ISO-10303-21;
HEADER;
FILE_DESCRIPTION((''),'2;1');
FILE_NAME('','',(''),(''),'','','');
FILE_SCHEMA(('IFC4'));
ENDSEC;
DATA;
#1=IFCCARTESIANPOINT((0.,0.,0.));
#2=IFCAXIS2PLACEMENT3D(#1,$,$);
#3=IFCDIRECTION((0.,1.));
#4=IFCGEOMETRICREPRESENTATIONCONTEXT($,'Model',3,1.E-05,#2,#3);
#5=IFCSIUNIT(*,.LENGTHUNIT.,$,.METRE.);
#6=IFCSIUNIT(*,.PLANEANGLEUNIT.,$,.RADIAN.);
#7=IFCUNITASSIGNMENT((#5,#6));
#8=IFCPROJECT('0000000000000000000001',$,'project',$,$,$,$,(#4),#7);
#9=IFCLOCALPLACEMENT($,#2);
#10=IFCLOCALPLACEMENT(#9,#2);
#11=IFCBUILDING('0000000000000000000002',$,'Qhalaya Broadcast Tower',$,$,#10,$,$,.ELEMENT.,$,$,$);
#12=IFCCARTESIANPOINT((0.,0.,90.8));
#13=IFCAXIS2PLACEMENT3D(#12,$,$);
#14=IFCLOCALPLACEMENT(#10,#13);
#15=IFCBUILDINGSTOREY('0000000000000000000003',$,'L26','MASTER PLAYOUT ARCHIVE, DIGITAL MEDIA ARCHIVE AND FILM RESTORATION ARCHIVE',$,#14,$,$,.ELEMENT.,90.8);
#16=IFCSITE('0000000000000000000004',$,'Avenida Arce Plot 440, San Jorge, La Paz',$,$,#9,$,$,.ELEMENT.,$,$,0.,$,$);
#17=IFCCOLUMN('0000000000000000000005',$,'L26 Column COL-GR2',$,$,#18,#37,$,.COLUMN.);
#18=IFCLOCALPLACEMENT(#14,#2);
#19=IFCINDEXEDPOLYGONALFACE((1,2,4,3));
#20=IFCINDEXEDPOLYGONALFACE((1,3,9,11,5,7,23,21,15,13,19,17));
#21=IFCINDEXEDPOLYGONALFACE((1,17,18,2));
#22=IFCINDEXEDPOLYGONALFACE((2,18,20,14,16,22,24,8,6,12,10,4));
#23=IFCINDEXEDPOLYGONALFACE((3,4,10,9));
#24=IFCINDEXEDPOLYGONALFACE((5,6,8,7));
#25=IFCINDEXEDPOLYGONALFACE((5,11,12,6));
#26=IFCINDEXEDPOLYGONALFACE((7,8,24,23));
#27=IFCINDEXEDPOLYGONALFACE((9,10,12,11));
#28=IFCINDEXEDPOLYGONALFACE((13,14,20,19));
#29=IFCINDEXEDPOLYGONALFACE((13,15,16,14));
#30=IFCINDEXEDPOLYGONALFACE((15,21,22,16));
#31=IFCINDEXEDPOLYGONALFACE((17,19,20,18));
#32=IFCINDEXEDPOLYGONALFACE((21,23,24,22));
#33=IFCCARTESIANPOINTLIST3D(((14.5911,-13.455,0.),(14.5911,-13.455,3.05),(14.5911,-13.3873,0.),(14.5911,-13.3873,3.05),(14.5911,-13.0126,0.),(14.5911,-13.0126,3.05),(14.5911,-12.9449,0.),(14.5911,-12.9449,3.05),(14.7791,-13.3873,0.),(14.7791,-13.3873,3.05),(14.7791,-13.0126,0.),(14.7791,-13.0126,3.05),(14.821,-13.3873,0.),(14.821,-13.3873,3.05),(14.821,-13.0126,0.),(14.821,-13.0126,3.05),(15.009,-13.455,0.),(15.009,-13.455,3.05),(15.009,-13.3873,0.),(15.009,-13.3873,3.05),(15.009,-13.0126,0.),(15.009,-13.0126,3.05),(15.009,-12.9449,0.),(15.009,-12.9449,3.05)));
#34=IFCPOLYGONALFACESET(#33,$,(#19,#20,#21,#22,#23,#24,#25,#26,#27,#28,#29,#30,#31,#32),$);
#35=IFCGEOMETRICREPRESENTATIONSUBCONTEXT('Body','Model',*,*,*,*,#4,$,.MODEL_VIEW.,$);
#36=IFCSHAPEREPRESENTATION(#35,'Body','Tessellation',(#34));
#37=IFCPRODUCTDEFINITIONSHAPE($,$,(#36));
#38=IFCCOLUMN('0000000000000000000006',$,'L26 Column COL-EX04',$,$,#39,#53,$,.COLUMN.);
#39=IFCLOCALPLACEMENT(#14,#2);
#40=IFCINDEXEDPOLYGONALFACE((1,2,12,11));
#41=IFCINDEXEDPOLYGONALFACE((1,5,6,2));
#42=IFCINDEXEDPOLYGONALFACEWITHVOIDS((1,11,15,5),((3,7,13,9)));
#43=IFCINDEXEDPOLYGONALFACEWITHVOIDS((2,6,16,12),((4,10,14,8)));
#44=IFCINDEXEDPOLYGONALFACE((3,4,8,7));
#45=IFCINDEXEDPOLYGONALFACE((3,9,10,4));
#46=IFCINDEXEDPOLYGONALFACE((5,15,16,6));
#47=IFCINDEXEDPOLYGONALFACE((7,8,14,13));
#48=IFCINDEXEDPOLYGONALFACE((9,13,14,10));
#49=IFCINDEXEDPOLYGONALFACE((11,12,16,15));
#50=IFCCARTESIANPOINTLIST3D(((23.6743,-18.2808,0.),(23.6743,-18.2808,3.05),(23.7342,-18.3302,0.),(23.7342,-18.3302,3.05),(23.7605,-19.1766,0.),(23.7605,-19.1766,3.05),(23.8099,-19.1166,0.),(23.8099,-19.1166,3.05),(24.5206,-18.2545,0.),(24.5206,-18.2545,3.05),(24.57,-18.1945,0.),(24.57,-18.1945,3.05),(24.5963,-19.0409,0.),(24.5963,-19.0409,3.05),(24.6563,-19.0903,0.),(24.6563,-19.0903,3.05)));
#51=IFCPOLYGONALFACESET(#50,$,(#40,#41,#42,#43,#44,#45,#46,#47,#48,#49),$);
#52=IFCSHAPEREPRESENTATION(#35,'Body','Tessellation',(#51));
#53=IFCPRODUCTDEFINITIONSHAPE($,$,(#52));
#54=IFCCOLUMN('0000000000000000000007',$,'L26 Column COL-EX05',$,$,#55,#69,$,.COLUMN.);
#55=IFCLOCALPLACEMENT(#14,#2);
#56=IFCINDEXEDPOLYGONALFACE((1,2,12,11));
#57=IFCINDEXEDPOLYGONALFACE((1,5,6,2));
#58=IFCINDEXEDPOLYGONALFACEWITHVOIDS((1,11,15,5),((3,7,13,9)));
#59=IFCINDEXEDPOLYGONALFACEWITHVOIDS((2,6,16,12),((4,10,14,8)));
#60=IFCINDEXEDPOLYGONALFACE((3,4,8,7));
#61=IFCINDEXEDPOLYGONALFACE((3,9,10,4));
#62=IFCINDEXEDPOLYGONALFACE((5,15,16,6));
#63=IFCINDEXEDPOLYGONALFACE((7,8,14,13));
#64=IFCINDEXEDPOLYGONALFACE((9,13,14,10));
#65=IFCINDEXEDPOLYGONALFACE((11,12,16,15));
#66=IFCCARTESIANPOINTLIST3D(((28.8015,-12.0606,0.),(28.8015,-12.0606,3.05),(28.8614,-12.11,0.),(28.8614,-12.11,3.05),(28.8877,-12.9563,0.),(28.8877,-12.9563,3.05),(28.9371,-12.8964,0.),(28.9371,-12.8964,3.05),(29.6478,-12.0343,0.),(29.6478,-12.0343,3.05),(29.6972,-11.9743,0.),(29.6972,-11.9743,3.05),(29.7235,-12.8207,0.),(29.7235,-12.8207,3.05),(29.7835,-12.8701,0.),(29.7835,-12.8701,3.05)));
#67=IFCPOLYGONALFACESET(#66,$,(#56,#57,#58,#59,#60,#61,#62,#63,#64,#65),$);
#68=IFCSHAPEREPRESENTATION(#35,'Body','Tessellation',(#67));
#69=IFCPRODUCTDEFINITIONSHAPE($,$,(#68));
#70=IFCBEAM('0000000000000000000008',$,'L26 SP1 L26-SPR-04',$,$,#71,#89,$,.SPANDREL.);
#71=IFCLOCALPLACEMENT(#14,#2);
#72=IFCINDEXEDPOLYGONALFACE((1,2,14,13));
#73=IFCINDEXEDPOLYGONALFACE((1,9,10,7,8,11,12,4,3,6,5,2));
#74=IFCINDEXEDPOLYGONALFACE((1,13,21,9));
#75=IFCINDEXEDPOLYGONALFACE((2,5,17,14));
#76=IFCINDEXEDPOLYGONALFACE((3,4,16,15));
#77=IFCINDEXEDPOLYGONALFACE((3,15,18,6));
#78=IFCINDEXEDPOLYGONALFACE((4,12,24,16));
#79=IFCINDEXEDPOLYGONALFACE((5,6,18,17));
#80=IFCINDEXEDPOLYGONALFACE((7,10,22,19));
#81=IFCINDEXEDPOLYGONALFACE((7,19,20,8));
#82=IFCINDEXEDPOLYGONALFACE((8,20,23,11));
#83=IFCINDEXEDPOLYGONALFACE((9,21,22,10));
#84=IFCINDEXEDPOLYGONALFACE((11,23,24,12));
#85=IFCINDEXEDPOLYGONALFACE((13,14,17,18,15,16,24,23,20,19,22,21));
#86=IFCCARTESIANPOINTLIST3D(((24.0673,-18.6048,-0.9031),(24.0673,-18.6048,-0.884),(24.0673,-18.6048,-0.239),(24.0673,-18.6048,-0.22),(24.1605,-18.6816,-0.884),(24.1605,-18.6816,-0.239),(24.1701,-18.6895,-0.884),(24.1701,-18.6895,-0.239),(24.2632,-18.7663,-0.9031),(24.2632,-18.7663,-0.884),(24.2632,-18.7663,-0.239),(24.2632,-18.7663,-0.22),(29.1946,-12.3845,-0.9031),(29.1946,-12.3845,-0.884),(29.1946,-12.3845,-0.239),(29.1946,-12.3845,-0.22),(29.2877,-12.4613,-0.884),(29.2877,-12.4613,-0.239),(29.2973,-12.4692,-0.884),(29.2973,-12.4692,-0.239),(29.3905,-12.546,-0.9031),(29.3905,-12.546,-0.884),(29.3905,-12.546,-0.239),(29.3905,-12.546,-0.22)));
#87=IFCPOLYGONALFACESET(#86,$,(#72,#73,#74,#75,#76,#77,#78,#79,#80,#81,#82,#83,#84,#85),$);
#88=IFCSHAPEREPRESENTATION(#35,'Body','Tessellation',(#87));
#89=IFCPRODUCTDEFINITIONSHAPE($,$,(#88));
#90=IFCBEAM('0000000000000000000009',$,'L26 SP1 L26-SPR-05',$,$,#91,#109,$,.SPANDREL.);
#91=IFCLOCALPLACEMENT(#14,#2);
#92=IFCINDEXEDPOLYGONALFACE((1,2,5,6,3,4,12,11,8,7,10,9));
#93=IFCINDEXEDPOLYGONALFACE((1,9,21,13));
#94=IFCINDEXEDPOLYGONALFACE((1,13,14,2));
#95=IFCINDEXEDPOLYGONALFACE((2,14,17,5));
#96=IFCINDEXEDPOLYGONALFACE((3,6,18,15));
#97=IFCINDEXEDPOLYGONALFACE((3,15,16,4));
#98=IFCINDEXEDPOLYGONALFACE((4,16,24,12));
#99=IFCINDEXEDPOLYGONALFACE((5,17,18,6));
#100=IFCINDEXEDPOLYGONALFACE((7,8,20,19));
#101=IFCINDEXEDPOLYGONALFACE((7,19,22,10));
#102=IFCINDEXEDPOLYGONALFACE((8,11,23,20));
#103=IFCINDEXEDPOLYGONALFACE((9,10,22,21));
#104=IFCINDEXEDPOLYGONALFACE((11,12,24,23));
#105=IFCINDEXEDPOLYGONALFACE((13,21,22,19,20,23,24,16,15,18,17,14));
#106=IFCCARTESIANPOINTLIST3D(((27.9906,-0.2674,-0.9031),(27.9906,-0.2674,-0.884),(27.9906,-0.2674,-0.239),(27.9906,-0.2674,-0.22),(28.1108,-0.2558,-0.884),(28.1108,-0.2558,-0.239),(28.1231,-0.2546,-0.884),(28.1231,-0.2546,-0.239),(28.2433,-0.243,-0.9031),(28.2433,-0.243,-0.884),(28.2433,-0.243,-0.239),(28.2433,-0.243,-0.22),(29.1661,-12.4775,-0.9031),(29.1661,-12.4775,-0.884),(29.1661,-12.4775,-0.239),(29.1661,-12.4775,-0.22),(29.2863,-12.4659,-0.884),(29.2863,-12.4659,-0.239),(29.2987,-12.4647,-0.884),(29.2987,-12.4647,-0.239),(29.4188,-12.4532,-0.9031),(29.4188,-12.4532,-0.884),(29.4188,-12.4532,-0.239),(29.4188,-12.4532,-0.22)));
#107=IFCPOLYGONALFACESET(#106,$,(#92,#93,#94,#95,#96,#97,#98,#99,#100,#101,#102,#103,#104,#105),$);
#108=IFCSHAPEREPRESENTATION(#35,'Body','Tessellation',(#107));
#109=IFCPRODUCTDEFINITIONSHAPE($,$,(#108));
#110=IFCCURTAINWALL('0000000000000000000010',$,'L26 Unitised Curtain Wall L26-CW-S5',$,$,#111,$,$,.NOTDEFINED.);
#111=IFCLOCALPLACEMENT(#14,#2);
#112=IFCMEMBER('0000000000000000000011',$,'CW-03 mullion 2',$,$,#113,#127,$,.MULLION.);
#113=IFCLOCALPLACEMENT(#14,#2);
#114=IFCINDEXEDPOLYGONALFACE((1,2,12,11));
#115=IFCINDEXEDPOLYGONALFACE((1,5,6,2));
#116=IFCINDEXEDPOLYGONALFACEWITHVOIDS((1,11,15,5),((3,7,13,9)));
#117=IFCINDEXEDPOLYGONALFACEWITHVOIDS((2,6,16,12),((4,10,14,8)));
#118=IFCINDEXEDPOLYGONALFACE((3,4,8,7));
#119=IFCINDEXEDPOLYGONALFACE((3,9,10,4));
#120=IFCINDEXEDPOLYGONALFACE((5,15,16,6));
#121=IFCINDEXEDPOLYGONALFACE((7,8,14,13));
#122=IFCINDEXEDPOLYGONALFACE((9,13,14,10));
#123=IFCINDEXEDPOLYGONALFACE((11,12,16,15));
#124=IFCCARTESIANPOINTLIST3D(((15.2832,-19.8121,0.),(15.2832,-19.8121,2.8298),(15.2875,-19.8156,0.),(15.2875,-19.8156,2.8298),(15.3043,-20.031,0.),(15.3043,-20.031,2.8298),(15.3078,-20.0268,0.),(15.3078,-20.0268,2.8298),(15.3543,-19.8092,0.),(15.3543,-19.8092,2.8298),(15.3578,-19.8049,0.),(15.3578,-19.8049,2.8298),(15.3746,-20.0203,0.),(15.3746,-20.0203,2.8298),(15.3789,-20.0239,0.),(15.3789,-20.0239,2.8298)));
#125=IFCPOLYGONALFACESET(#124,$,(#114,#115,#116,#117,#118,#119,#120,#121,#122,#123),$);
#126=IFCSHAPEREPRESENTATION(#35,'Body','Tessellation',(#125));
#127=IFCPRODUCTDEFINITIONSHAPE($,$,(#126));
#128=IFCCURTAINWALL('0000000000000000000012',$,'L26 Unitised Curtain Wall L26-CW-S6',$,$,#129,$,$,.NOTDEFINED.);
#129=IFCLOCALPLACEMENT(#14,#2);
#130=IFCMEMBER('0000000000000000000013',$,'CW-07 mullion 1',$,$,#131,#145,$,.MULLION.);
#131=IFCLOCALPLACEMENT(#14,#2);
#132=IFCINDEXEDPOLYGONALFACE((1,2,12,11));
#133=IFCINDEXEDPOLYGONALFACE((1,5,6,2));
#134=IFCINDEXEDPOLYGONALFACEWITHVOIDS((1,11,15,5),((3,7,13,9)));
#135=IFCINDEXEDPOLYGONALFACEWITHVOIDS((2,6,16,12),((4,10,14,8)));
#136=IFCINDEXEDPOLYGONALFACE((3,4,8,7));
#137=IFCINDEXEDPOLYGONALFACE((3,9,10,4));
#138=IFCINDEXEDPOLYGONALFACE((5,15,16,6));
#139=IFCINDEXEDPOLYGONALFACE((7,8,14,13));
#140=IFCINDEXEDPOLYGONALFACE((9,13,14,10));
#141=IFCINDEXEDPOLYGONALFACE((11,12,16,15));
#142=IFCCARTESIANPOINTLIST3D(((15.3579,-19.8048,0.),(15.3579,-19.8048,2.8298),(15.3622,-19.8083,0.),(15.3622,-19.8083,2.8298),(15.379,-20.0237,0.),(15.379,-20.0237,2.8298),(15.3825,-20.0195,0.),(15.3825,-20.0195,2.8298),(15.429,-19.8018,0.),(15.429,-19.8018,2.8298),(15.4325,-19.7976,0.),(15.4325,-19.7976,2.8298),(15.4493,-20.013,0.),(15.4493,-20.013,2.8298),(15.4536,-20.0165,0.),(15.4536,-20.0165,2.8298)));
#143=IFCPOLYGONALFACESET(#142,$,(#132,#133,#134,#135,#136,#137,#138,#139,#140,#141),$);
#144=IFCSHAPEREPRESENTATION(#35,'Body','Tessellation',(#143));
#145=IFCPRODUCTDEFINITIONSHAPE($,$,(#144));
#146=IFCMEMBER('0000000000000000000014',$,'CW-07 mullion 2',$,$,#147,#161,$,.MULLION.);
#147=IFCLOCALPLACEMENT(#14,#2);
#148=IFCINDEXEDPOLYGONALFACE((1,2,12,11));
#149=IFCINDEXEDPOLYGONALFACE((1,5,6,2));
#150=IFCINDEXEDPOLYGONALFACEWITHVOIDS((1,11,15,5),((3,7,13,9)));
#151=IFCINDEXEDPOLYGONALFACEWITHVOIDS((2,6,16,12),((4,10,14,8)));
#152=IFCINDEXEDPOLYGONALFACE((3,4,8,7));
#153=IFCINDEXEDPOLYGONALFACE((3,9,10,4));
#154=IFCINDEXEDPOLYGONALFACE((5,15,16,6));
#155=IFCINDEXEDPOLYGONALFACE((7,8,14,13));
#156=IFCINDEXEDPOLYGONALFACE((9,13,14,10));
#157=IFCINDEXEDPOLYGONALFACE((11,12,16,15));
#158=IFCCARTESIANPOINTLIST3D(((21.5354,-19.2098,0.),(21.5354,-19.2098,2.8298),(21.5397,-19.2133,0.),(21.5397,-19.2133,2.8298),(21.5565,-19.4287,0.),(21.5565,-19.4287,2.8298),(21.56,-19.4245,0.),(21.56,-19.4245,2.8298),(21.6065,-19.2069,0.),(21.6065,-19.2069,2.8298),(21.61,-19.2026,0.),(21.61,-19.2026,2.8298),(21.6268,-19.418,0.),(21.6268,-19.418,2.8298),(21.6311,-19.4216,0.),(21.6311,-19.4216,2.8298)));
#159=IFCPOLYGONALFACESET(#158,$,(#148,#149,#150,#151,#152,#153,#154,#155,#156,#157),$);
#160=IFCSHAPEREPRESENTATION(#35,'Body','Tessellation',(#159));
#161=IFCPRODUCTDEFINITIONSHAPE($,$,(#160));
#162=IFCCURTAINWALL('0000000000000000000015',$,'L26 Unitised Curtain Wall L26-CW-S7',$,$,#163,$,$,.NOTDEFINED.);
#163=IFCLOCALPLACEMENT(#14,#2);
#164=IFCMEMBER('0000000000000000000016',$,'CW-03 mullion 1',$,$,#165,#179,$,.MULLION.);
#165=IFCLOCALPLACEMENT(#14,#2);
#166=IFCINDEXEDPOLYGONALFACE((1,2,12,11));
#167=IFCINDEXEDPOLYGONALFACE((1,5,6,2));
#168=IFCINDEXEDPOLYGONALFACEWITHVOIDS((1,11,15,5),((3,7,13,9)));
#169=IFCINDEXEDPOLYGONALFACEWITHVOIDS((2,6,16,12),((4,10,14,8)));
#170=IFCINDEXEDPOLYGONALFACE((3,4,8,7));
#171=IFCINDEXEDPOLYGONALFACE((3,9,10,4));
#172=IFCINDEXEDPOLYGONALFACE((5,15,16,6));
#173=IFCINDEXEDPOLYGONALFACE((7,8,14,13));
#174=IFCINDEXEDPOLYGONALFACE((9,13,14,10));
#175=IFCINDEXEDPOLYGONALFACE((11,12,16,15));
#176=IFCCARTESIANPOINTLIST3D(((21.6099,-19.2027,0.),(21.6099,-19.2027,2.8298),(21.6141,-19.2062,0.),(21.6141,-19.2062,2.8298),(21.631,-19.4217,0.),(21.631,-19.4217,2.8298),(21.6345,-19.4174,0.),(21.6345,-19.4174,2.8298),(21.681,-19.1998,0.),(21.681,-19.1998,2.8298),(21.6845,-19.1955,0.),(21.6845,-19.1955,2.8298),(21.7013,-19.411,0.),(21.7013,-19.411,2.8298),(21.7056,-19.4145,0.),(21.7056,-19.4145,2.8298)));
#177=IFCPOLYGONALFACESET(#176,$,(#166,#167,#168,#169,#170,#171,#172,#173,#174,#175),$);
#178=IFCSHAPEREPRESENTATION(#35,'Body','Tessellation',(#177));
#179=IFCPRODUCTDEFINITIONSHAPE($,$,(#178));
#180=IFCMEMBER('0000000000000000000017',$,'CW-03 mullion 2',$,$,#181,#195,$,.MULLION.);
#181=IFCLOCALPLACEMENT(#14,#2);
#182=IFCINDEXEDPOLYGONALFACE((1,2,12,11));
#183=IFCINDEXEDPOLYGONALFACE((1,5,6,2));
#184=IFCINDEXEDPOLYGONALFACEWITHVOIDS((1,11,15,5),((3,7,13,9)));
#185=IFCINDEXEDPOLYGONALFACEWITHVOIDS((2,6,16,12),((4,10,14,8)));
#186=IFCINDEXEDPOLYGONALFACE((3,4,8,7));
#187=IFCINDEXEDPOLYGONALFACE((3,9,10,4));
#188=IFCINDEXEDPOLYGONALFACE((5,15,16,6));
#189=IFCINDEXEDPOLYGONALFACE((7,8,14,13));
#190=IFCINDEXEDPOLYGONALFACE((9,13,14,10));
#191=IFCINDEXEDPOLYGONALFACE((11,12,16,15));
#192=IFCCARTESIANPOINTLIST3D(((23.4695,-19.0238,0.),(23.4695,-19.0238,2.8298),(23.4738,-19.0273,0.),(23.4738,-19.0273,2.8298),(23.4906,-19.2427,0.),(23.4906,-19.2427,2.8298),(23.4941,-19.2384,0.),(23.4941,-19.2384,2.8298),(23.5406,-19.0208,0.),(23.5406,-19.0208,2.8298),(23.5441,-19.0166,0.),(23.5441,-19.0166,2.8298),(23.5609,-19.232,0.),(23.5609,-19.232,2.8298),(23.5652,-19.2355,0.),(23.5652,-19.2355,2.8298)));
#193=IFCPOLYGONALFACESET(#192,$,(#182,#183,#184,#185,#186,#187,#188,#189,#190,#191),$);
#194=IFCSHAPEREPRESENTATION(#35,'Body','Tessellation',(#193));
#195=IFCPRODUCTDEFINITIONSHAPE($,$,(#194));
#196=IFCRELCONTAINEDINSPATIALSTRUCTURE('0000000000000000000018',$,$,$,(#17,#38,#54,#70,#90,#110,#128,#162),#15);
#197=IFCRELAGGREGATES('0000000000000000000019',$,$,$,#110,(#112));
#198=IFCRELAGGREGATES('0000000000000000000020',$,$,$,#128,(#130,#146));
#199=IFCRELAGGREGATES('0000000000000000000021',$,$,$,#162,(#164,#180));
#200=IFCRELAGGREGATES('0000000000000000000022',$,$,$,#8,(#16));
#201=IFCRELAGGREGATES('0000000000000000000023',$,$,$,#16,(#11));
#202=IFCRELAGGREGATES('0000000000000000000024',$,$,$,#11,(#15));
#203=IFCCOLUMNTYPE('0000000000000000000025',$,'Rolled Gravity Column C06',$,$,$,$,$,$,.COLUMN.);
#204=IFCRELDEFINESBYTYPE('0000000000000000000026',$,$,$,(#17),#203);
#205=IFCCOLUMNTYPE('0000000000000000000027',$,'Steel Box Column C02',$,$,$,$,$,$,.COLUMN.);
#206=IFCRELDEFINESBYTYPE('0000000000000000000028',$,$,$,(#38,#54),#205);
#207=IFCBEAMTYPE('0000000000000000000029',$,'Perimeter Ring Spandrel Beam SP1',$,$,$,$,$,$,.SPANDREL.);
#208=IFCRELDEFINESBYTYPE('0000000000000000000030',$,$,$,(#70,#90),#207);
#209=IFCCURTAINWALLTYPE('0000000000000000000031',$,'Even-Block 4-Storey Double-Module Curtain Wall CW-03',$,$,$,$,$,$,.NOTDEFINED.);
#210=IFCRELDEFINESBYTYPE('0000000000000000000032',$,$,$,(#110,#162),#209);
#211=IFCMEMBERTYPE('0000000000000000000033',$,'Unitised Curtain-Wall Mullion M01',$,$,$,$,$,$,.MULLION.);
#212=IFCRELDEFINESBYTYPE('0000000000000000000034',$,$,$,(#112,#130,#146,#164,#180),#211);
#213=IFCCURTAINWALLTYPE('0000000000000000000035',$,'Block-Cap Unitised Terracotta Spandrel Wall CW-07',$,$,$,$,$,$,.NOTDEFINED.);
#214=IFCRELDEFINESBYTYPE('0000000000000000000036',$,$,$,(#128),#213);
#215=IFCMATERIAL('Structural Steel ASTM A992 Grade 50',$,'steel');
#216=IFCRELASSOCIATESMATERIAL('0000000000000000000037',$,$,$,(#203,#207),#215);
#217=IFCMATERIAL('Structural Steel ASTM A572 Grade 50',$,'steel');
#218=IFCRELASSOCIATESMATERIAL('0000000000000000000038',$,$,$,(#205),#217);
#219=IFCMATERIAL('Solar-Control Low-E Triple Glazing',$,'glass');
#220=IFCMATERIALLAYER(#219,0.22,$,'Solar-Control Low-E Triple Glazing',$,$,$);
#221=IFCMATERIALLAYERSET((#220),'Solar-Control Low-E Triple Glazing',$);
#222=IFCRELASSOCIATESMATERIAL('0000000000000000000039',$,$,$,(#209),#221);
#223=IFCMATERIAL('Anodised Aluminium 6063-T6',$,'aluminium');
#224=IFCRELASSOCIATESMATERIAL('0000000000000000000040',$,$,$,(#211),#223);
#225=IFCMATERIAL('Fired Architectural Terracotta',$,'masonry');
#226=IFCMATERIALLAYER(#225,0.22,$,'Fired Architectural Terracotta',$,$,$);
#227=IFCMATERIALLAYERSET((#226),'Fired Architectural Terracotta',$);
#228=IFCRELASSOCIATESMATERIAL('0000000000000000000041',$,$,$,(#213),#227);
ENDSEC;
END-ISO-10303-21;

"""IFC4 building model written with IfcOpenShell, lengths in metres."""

from ifc_helpers import new_model, si_unit, direction, frame, origin, origin_2d, place, context, subcontext, project, spatial, hollow_rectangle, i_section, extrude, material, layer, layer_set, material_profile, profile_set, type_object, element, aggregate, save


model = new_model("IFC4")

# Units and contexts
model_context = context("Model", 3, precision=1e-05, world=origin(), true_north=direction((0.0, 1.0)))
body_context = subcontext(model_context, "Body", "Model", "MODEL_VIEW")
ifc_project = project(units=[si_unit("LENGTHUNIT", "METRE"), si_unit("PLANEANGLEUNIT", "RADIAN")], contexts=[model_context])

# Site, building, storey
site_placement = place(None, origin())
site = spatial("IfcSite", under=ifc_project, at=site_placement, Name="Avenida Arce Plot 440, San Jorge, La Paz", CompositionType="ELEMENT", RefElevation=0.0)
building_placement = place(site_placement, origin())
building = spatial("IfcBuilding", under=site, at=building_placement, Name="Qhalaya Broadcast Tower", CompositionType="ELEMENT")
storey_placement = place(building_placement, frame((0.0, 0.0, 90.8)))
storey = spatial("IfcBuildingStorey", under=building, at=storey_placement, Name="L26", Description="MASTER PLAYOUT ARCHIVE, DIGITAL MEDIA ARCHIVE AND FILM RESTORATION ARCHIVE", CompositionType="ELEMENT", Elevation=90.8)

# Columns
ifc_material_1 = material(Name="Structural Steel ASTM A992 Grade 50", Category="steel")
ifc_material_profile_1 = material_profile(ifc_material_1, i_section(OverallWidth=0.418, OverallDepth=0.51, WebThickness=0.042, FlangeThickness=0.0676, at=origin_2d()), Name="W14X370")
ifc_profile_set_1 = profile_set([ifc_material_profile_1], Name="Structural Steel ASTM A992 Grade 50")
column_type_1 = type_object("IfcColumnType", Name="Rolled Gravity Column C06", PredefinedType="COLUMN", material=ifc_profile_set_1)
column_placement = place(storey_placement, frame((14.8, -13.2, 0.0), z_axis=(0.0, 0.0, 1.0), x_axis=(1.0, 0.0, 0.0)))
element("IfcColumn", 1, at=column_placement, inside=storey, type_object=column_type_1, Name="L26 Column COL-GR2", PredefinedType="COLUMN", context=body_context, shape_type="SweptSolid", body=[
    extrude(i_section(OverallWidth=0.418, OverallDepth=0.51, WebThickness=0.042, FlangeThickness=0.0676, at=origin_2d()), origin(), (0.0, 0.0, 1.0), 3.05),
])
ifc_material_2 = material(Name="Structural Steel ASTM A572 Grade 50", Category="steel")
ifc_material_profile_2 = material_profile(ifc_material_2, hollow_rectangle(XDim=0.8999, YDim=0.8999, WallThickness=0.0549, at=origin_2d()), Name="BOX 900x900x55")
ifc_profile_set_2 = profile_set([ifc_material_profile_2], Name="Structural Steel ASTM A572 Grade 50")
column_type_2 = type_object("IfcColumnType", Name="Steel Box Column C02", PredefinedType="COLUMN", material=ifc_profile_set_2)
for number, where, z_axis, x_axis, name in (
    (2, (24.1653, -18.6855, 0.0), (0.0, 0.0, 1.0), (0.995396, 0.095846, 0.0), "L26 Column COL-EX04"),
    (3, (29.2925, -12.4653, 0.0), (0.0, 0.0, 1.0), (-0.095846, 0.995396, 0.0), "L26 Column COL-EX05"),
):
    element("IfcColumn", number, at=place(storey_placement, frame(where, z_axis=z_axis, x_axis=x_axis)), inside=storey, type_object=column_type_2, Name=name, PredefinedType="COLUMN", context=body_context, shape_type="SweptSolid", body=[
        extrude(hollow_rectangle(XDim=0.8999, YDim=0.8999, WallThickness=0.0549, at=origin_2d()), origin(), (0.0, 0.0, 1.0), 3.05),
    ])

# Beams
ifc_material_profile_3 = material_profile(ifc_material_1, i_section(OverallWidth=0.2539, OverallDepth=0.6831, WebThickness=0.0125, FlangeThickness=0.019, at=origin_2d()), Name="W27X94")
ifc_profile_set_3 = profile_set([ifc_material_profile_3], Name="Structural Steel ASTM A992 Grade 50")
beam_type = type_object("IfcBeamType", Name="Perimeter Ring Spandrel Beam SP1", PredefinedType="SPANDREL", material=ifc_profile_set_3)
beam_1_placement = place(storey_placement, frame((24.1653, -18.6855, -0.5615), z_axis=(0.636052, 0.771646, 0.0), x_axis=(-0.771646, 0.636052, 0.0)))
element("IfcBeam", 4, at=beam_1_placement, inside=storey, type_object=beam_type, Name="L26 SP1 L26-SPR-04", PredefinedType="SPANDREL", context=body_context, shape_type="SweptSolid", body=[
    extrude(i_section(OverallWidth=0.2539, OverallDepth=0.6831, WebThickness=0.0125, FlangeThickness=0.019, at=origin_2d()), origin(), (0.0, 0.0, 1.0), 8.061),
])
beam_2_placement = place(storey_placement, frame((29.2925, -12.4653, -0.5615), z_axis=(-0.095832, 0.995398, 0.0), x_axis=(-0.995398, -0.095832, 0.0)))
element("IfcBeam", 5, at=beam_2_placement, inside=storey, type_object=beam_type, Name="L26 SP1 L26-SPR-05", PredefinedType="SPANDREL", context=body_context, shape_type="SweptSolid", body=[
    extrude(i_section(OverallWidth=0.2539, OverallDepth=0.6831, WebThickness=0.0125, FlangeThickness=0.019, at=origin_2d()), origin(), (0.0, 0.0, 1.0), 12.2666),
])

# Curtain wall, member
ifc_material_3 = material(Name="Solar-Control Low-E Triple Glazing", Category="glass")
ifc_layer_1 = layer(ifc_material_3, 0.22, Name="Solar-Control Low-E Triple Glazing")
ifc_layer_set_1 = layer_set([ifc_layer_1], Name="Solar-Control Low-E Triple Glazing")
curtain_wall_type_1 = type_object("IfcCurtainWallType", Name="Even-Block 4-Storey Double-Module Curtain Wall CW-03", PredefinedType="NOTDEFINED", material=ifc_layer_set_1)
curtain_wall_1_placement = place(storey_placement, origin())
curtain_wall_1 = element("IfcCurtainWall", 6, at=curtain_wall_1_placement, inside=storey, type_object=curtain_wall_type_1, Name="L26 Unitised Curtain Wall L26-CW-S5", PredefinedType="NOTDEFINED")
ifc_material_4 = material(Name="Anodised Aluminium 6063-T6", Category="aluminium")
ifc_material_profile_4 = material_profile(ifc_material_4, hollow_rectangle(XDim=0.075, YDim=0.22, WallThickness=0.0039, at=origin_2d()), Name="ALU-MUL 75x220x4")
ifc_profile_set_4 = profile_set([ifc_material_profile_4], Name="Anodised Aluminium 6063-T6")
member_type_1 = type_object("IfcMemberType", Name="Unitised Curtain-Wall Mullion M01", PredefinedType="MULLION", material=ifc_profile_set_4)
member_1_placement = place(storey_placement, frame((15.3311, -19.918, 0.0), z_axis=(0.0, 0.0, 1.0), x_axis=(0.995397, 0.095834, 0.0)))
member_1 = element("IfcMember", 7, at=member_1_placement, type_object=member_type_1, Name="CW-03 mullion 2", PredefinedType="MULLION", context=body_context, shape_type="SweptSolid", body=[
    extrude(hollow_rectangle(XDim=0.075, YDim=0.22, WallThickness=0.0039, at=origin_2d()), origin(), (0.0, 0.0, 1.0), 2.8298),
])
aggregate(curtain_wall_1, [member_1])

# Curtain walls, members
ifc_material_5 = material(Name="Fired Architectural Terracotta", Category="masonry")
ifc_layer_2 = layer(ifc_material_5, 0.22, Name="Fired Architectural Terracotta")
ifc_layer_set_2 = layer_set([ifc_layer_2], Name="Fired Architectural Terracotta")
curtain_wall_type_2 = type_object("IfcCurtainWallType", Name="Block-Cap Unitised Terracotta Spandrel Wall CW-07", PredefinedType="NOTDEFINED", material=ifc_layer_set_2)
curtain_wall_2_placement = place(storey_placement, origin())
curtain_wall_2 = element("IfcCurtainWall", 8, at=curtain_wall_2_placement, inside=storey, type_object=curtain_wall_type_2, Name="L26 Unitised Curtain Wall L26-CW-S6", PredefinedType="NOTDEFINED")
member_2_placement = place(storey_placement, frame((15.4058, -19.9106, 0.0), z_axis=(0.0, 0.0, 1.0), x_axis=(0.995395, 0.09586, 0.0)))
member_2 = element("IfcMember", 9, at=member_2_placement, type_object=member_type_1, Name="CW-07 mullion 1", PredefinedType="MULLION", context=body_context, shape_type="SweptSolid", body=[
    extrude(hollow_rectangle(XDim=0.075, YDim=0.22, WallThickness=0.0039, at=origin_2d()), origin(), (0.0, 0.0, 1.0), 2.8298),
])
member_3_placement = place(storey_placement, frame((21.5833, -19.3157, 0.0), z_axis=(0.0, 0.0, 1.0), x_axis=(0.995395, 0.09586, 0.0)))
member_3 = element("IfcMember", 10, at=member_3_placement, type_object=member_type_1, Name="CW-07 mullion 2", PredefinedType="MULLION", context=body_context, shape_type="SweptSolid", body=[
    extrude(hollow_rectangle(XDim=0.075, YDim=0.22, WallThickness=0.0039, at=origin_2d()), origin(), (0.0, 0.0, 1.0), 2.8298),
])
curtain_wall_3_placement = place(storey_placement, origin())
curtain_wall_3 = element("IfcCurtainWall", 11, at=curtain_wall_3_placement, inside=storey, type_object=curtain_wall_type_1, Name="L26 Unitised Curtain Wall L26-CW-S7", PredefinedType="NOTDEFINED")
member_4_placement = place(storey_placement, frame((21.6577, -19.3086, 0.0), z_axis=(0.0, 0.0, 1.0), x_axis=(0.995398, 0.095829, 0.0)))
member_4 = element("IfcMember", 12, at=member_4_placement, type_object=member_type_1, Name="CW-03 mullion 1", PredefinedType="MULLION", context=body_context, shape_type="SweptSolid", body=[
    extrude(hollow_rectangle(XDim=0.075, YDim=0.22, WallThickness=0.0039, at=origin_2d()), origin(), (0.0, 0.0, 1.0), 2.8298),
])
member_5_placement = place(storey_placement, frame((23.5173, -19.1296, 0.0), z_axis=(0.0, 0.0, 1.0), x_axis=(0.995398, 0.095829, 0.0)))
member_5 = element("IfcMember", 13, at=member_5_placement, type_object=member_type_1, Name="CW-03 mullion 2", PredefinedType="MULLION", context=body_context, shape_type="SweptSolid", body=[
    extrude(hollow_rectangle(XDim=0.075, YDim=0.22, WallThickness=0.0039, at=origin_2d()), origin(), (0.0, 0.0, 1.0), 2.8298),
])

aggregate(curtain_wall_2, [member_2, member_3])
aggregate(curtain_wall_3, [member_4, member_5])

save(model, "model.ifc")
